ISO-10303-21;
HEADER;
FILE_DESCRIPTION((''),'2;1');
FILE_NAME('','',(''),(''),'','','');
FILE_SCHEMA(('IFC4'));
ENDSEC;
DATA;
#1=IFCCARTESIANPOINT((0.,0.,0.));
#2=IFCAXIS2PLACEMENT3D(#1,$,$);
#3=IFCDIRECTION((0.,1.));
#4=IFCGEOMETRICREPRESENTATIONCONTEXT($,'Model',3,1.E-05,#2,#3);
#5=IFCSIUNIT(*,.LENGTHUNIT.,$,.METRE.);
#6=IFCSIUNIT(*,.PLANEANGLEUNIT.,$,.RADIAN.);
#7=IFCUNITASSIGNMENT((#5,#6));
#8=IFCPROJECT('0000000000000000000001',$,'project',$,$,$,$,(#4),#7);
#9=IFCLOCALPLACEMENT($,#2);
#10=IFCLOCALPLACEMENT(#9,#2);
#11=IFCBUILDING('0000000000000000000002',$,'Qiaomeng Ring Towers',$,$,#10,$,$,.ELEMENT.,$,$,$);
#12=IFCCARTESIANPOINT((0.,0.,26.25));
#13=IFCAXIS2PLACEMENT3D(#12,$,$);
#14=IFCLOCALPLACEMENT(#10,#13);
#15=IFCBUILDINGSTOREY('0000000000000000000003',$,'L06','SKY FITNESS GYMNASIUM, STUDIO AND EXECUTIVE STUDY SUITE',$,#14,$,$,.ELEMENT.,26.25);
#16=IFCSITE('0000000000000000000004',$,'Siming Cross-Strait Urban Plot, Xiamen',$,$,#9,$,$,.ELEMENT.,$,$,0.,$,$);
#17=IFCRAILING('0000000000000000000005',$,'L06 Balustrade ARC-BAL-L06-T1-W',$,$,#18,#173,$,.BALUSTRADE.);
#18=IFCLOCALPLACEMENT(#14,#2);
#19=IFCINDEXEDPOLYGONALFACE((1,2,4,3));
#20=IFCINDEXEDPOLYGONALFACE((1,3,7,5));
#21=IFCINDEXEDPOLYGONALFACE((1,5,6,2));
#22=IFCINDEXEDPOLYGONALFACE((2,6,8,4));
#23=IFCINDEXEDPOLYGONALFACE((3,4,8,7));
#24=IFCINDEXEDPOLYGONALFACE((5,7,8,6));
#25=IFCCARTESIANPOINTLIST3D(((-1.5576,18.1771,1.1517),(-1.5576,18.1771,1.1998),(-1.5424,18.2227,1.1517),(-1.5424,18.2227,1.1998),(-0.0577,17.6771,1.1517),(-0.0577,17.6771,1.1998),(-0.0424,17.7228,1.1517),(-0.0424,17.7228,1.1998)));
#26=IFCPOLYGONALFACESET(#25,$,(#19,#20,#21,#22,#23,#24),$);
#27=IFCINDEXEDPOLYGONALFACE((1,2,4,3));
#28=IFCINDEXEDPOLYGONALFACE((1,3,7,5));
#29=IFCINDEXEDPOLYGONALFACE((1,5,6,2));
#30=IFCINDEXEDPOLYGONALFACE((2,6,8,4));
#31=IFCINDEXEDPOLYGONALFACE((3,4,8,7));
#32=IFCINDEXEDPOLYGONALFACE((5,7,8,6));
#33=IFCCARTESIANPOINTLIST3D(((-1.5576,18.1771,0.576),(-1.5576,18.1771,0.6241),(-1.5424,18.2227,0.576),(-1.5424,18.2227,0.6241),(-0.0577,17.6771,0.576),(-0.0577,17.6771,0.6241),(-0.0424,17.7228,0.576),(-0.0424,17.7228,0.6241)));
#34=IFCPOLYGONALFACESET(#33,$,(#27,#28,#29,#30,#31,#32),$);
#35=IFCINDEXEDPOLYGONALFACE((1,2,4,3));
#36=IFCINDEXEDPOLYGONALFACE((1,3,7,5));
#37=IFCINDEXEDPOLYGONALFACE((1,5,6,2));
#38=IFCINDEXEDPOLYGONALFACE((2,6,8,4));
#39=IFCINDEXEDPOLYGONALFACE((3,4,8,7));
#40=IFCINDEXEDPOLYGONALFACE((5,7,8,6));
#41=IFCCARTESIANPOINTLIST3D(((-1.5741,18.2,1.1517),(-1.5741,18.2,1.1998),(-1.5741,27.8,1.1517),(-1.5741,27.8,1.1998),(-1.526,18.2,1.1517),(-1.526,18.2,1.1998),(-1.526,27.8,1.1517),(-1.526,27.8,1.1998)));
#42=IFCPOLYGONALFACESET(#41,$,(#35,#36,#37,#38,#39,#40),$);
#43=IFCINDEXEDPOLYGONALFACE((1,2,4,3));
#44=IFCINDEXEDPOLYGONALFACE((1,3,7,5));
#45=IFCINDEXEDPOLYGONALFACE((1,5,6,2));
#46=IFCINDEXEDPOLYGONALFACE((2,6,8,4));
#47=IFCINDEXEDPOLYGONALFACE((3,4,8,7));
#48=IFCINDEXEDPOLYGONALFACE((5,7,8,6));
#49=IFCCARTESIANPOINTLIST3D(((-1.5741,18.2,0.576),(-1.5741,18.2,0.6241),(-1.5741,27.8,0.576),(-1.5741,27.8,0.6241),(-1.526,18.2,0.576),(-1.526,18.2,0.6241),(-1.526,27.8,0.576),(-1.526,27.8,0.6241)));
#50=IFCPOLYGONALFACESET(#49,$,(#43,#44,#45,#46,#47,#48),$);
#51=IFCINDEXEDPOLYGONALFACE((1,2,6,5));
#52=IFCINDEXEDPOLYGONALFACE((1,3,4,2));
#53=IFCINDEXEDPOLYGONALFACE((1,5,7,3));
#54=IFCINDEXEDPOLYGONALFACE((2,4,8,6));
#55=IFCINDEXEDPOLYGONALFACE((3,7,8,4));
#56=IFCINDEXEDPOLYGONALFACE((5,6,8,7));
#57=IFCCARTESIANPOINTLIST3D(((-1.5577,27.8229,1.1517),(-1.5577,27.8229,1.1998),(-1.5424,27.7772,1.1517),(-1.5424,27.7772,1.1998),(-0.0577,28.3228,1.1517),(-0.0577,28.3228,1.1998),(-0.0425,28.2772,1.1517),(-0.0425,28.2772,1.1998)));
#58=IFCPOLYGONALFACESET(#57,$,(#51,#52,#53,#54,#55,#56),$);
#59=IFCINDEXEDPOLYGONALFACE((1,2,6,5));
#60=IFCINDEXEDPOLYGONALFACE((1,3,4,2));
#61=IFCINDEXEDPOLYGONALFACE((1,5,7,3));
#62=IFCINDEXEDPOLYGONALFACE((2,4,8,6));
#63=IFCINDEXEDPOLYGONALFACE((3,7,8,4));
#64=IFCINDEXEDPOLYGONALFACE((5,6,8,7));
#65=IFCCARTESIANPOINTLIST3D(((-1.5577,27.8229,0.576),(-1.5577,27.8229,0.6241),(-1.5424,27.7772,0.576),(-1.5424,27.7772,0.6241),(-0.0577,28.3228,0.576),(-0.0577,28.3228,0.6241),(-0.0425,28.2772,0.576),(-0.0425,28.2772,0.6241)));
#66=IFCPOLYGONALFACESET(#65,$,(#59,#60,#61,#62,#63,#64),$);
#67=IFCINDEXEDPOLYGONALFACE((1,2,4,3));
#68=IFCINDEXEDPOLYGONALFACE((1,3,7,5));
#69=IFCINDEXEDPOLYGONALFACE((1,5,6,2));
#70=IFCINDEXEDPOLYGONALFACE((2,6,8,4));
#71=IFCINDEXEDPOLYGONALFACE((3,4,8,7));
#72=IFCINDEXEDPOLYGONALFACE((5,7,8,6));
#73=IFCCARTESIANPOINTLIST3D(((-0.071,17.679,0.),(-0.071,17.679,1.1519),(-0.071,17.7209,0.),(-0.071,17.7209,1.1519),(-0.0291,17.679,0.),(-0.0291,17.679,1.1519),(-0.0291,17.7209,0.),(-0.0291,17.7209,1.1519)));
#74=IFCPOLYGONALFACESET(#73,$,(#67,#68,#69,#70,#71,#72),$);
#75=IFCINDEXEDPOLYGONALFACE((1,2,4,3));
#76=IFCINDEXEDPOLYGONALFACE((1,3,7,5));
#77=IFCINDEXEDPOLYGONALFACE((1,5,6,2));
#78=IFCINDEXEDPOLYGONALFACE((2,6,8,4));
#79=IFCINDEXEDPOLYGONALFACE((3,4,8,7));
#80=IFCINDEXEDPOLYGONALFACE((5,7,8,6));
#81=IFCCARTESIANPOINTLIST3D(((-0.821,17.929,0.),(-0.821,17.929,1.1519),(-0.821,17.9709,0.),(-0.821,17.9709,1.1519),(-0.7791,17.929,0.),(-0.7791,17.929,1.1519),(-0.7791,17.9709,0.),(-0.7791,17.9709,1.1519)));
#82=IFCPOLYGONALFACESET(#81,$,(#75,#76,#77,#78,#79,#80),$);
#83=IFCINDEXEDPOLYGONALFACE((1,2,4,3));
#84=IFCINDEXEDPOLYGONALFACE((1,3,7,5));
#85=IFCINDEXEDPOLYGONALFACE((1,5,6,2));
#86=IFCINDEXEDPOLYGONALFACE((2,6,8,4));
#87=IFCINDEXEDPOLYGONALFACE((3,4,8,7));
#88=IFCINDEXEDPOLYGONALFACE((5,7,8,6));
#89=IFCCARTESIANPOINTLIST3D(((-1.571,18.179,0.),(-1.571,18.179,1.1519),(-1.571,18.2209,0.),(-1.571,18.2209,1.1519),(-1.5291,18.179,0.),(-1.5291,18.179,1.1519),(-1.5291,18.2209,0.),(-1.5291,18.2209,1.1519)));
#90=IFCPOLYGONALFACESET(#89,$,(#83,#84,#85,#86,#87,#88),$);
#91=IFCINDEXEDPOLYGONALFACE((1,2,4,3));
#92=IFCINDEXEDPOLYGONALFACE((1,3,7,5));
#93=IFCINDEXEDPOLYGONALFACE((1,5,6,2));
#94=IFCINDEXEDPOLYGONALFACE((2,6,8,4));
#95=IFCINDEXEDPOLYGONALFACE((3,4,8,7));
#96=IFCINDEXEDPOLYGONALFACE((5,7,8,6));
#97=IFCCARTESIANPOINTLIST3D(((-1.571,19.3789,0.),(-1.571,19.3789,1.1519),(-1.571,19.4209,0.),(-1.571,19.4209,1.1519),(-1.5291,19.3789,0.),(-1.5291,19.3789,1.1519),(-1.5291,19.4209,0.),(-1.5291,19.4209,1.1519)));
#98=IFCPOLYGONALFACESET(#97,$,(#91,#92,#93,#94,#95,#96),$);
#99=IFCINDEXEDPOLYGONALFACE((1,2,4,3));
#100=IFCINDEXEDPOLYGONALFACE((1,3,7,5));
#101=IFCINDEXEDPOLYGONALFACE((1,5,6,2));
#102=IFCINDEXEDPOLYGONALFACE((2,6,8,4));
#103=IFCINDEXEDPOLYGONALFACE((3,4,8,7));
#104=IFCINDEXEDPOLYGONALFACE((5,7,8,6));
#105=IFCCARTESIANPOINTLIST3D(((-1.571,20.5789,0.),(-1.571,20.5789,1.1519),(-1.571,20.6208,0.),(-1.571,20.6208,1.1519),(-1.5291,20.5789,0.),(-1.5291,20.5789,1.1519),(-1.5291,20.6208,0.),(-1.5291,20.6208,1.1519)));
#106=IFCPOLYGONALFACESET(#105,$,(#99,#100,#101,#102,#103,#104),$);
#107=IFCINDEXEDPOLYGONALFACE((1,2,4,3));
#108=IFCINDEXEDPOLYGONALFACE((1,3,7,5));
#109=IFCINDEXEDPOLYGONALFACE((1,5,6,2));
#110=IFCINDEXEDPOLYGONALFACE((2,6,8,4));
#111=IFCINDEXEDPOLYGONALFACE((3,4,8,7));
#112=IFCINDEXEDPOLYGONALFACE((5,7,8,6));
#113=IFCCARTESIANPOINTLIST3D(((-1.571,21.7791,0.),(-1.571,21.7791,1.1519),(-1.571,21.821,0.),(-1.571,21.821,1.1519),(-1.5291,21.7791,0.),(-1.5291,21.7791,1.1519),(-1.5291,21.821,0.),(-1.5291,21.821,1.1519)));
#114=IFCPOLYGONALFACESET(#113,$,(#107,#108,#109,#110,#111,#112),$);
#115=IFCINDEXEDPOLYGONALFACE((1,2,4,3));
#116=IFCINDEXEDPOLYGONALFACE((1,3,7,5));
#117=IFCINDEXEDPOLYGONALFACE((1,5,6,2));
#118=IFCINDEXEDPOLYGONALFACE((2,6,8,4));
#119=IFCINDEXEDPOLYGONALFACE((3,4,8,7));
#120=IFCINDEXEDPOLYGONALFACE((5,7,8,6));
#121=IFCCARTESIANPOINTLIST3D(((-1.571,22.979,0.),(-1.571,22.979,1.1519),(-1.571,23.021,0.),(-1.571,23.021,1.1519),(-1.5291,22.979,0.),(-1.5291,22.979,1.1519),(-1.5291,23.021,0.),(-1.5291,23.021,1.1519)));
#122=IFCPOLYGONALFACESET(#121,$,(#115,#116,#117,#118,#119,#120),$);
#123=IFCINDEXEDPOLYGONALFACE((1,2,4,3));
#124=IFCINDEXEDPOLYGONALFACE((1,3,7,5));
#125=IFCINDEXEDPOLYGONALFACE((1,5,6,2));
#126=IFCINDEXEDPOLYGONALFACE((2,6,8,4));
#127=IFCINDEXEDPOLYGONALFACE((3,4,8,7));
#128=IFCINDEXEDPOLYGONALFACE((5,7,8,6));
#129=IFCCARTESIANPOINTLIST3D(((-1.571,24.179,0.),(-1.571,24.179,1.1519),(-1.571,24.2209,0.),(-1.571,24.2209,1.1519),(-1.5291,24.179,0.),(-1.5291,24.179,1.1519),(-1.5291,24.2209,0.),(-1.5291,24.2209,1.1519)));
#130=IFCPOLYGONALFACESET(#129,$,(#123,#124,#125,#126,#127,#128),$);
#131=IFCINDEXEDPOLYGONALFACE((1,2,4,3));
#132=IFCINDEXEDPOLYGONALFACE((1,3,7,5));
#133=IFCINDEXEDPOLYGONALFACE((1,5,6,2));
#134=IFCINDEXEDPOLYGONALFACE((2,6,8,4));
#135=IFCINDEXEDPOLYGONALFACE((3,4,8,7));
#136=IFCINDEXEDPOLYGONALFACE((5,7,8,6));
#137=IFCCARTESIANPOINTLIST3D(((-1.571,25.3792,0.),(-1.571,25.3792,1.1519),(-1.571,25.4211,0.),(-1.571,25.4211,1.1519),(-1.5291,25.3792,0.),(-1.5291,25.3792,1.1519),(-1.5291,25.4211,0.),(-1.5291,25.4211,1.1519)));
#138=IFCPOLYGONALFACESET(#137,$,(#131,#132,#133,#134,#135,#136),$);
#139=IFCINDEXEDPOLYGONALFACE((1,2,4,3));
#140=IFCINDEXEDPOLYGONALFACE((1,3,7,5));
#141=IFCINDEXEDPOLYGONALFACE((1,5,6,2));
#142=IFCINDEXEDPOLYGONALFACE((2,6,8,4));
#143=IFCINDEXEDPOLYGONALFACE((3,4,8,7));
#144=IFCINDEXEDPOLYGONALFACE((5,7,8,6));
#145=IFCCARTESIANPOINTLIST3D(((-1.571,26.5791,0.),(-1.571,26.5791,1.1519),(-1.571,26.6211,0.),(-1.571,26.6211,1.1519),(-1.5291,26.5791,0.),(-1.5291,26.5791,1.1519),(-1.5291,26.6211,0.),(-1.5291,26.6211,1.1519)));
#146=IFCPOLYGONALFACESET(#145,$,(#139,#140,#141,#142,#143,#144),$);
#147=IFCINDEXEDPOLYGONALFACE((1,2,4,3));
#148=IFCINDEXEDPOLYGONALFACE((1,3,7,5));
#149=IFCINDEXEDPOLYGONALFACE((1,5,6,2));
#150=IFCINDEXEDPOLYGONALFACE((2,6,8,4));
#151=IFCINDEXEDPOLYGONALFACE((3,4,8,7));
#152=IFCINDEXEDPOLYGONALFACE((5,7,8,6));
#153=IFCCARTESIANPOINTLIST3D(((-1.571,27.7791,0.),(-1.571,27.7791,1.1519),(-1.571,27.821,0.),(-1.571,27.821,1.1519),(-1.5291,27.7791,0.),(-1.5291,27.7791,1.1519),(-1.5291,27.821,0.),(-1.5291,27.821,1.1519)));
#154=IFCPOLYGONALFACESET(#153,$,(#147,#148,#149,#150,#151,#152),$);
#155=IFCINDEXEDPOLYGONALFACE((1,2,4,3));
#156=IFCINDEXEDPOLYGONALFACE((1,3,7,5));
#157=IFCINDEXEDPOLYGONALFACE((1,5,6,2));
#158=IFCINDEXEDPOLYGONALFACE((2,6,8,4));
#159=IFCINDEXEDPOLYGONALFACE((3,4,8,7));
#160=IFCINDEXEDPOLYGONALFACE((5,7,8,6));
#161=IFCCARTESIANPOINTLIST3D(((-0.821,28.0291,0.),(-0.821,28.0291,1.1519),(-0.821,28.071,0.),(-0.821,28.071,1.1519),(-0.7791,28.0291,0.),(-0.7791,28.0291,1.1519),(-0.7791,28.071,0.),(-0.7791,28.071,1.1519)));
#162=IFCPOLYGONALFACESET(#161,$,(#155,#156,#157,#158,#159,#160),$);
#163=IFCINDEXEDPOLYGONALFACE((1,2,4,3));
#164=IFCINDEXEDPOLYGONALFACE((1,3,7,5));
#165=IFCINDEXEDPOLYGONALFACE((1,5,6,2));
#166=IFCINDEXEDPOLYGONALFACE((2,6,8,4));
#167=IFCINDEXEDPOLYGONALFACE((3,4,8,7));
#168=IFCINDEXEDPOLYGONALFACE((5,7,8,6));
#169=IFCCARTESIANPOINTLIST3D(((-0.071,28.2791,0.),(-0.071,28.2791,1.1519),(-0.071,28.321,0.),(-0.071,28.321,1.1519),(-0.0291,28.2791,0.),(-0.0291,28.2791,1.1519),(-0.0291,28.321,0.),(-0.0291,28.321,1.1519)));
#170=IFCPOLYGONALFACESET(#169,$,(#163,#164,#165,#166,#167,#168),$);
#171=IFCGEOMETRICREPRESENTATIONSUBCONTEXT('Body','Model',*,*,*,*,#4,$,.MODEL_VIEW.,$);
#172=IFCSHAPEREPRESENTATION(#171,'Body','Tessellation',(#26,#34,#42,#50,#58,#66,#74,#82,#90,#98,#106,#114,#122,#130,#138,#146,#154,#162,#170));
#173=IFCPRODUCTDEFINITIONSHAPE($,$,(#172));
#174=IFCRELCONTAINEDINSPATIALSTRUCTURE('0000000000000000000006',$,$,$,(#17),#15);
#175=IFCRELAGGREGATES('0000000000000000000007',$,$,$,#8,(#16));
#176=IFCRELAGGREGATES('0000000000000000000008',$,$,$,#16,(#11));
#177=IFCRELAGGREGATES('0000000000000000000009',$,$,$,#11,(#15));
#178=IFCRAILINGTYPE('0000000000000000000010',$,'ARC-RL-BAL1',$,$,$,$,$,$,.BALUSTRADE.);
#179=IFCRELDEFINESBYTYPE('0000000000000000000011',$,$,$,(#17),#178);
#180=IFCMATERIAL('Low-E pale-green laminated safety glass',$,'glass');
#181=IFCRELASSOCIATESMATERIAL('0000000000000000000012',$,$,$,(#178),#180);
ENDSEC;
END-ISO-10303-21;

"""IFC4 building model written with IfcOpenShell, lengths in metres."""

from ifc_helpers import new_model, si_unit, direction, frame, origin, origin_2d, place, context, subcontext, project, spatial, rectangle, extrude, material, type_object, element, save


model = new_model("IFC4")

# Units and contexts
model_context = context("Model", 3, precision=1e-05, world=origin(), true_north=direction((0.0, 1.0)))
body_context = subcontext(model_context, "Body", "Model", "MODEL_VIEW")
ifc_project = project(units=[si_unit("LENGTHUNIT", "METRE"), si_unit("PLANEANGLEUNIT", "RADIAN")], contexts=[model_context])

# Site, building, storey
site_placement = place(None, origin())
site = spatial("IfcSite", under=ifc_project, at=site_placement, Name="Siming Cross-Strait Urban Plot, Xiamen", CompositionType="ELEMENT", RefElevation=0.0)
building_placement = place(site_placement, origin())
building = spatial("IfcBuilding", under=site, at=building_placement, Name="Qiaomeng Ring Towers", CompositionType="ELEMENT")
storey_placement = place(building_placement, frame((0.0, 0.0, 26.25)))
storey = spatial("IfcBuildingStorey", under=building, at=storey_placement, Name="L06", Description="SKY FITNESS GYMNASIUM, STUDIO AND EXECUTIVE STUDY SUITE", CompositionType="ELEMENT", Elevation=26.25)

# Railing
ifc_material_1 = material(Name="Low-E pale-green laminated safety glass", Category="glass")
railing_type = type_object("IfcRailingType", Name="ARC-RL-BAL1", PredefinedType="BALUSTRADE", material=ifc_material_1)
railing_1_placement = place(storey_placement, frame((-0.05, 17.7, 0.0)))
element("IfcRailing", 1, at=railing_1_placement, inside=storey, type_object=railing_type, Name="L06 Balustrade ARC-BAL-L06-T1-W", PredefinedType="BALUSTRADE", context=body_context, shape_type="SweptSolid", body=[
    extrude(rectangle(XDim=0.0481, YDim=0.0481, at=origin_2d()), frame((0.0, 0.0, 1.1758), z_axis=(-0.948683, 0.316228, 0.0), x_axis=(-0.316228, -0.948683, 0.0)), (0.0, 0.0, 1.0), 1.5811),
    extrude(rectangle(XDim=0.0481, YDim=0.0481, at=origin_2d()), frame((0.0, 0.0, 0.6001), z_axis=(-0.948683, 0.316228, 0.0), x_axis=(-0.316228, -0.948683, 0.0)), (0.0, 0.0, 1.0), 1.5811),
    extrude(rectangle(XDim=0.0481, YDim=0.0481, at=origin_2d()), frame((-1.5, 0.5, 1.1758), z_axis=(0.0, 1.0, 0.0), x_axis=(-1.0, 0.0, 0.0)), (0.0, 0.0, 1.0), 9.6001),
    extrude(rectangle(XDim=0.0481, YDim=0.0481, at=origin_2d()), frame((-1.5, 0.5, 0.6001), z_axis=(0.0, 1.0, 0.0), x_axis=(-1.0, 0.0, 0.0)), (0.0, 0.0, 1.0), 9.6001),
    extrude(rectangle(XDim=0.0481, YDim=0.0481, at=origin_2d()), frame((-1.5, 10.1001, 1.1758), z_axis=(0.948683, 0.316228, 0.0), x_axis=(-0.316228, 0.948683, 0.0)), (0.0, 0.0, 1.0), 1.5811),
    extrude(rectangle(XDim=0.0481, YDim=0.0481, at=origin_2d()), frame((-1.5, 10.1001, 0.6001), z_axis=(0.948683, 0.316228, 0.0), x_axis=(-0.316228, 0.948683, 0.0)), (0.0, 0.0, 1.0), 1.5811),
    extrude(rectangle(XDim=0.042, YDim=0.042, at=origin_2d()), origin(), (0.0, 0.0, 1.0), 1.1519),
    extrude(rectangle(XDim=0.042, YDim=0.042, at=origin_2d()), frame((-0.75, 0.25, 0.0)), (0.0, 0.0, 1.0), 1.1519),
    extrude(rectangle(XDim=0.042, YDim=0.042, at=origin_2d()), frame((-1.5, 0.5, 0.0)), (0.0, 0.0, 1.0), 1.1519),
    extrude(rectangle(XDim=0.042, YDim=0.042, at=origin_2d()), frame((-1.5, 1.7, 0.0)), (0.0, 0.0, 1.0), 1.1519),
    extrude(rectangle(XDim=0.042, YDim=0.042, at=origin_2d()), frame((-1.5, 2.8999, 0.0)), (0.0, 0.0, 1.0), 1.1519),
    extrude(rectangle(XDim=0.042, YDim=0.042, at=origin_2d()), frame((-1.5, 4.1001, 0.0)), (0.0, 0.0, 1.0), 1.1519),
    extrude(rectangle(XDim=0.042, YDim=0.042, at=origin_2d()), frame((-1.5, 5.3, 0.0)), (0.0, 0.0, 1.0), 1.1519),
    extrude(rectangle(XDim=0.042, YDim=0.042, at=origin_2d()), frame((-1.5, 6.5, 0.0)), (0.0, 0.0, 1.0), 1.1519),
    extrude(rectangle(XDim=0.042, YDim=0.042, at=origin_2d()), frame((-1.5, 7.7002, 0.0)), (0.0, 0.0, 1.0), 1.1519),
    extrude(rectangle(XDim=0.042, YDim=0.042, at=origin_2d()), frame((-1.5, 8.9001, 0.0)), (0.0, 0.0, 1.0), 1.1519),
    extrude(rectangle(XDim=0.042, YDim=0.042, at=origin_2d()), frame((-1.5, 10.1001, 0.0)), (0.0, 0.0, 1.0), 1.1519),
    extrude(rectangle(XDim=0.042, YDim=0.042, at=origin_2d()), frame((-0.75, 10.3501, 0.0)), (0.0, 0.0, 1.0), 1.1519),
    extrude(rectangle(XDim=0.042, YDim=0.042, at=origin_2d()), frame((0.0, 10.6001, 0.0)), (0.0, 0.0, 1.0), 1.1519),
])

save(model, "model.ifc")
